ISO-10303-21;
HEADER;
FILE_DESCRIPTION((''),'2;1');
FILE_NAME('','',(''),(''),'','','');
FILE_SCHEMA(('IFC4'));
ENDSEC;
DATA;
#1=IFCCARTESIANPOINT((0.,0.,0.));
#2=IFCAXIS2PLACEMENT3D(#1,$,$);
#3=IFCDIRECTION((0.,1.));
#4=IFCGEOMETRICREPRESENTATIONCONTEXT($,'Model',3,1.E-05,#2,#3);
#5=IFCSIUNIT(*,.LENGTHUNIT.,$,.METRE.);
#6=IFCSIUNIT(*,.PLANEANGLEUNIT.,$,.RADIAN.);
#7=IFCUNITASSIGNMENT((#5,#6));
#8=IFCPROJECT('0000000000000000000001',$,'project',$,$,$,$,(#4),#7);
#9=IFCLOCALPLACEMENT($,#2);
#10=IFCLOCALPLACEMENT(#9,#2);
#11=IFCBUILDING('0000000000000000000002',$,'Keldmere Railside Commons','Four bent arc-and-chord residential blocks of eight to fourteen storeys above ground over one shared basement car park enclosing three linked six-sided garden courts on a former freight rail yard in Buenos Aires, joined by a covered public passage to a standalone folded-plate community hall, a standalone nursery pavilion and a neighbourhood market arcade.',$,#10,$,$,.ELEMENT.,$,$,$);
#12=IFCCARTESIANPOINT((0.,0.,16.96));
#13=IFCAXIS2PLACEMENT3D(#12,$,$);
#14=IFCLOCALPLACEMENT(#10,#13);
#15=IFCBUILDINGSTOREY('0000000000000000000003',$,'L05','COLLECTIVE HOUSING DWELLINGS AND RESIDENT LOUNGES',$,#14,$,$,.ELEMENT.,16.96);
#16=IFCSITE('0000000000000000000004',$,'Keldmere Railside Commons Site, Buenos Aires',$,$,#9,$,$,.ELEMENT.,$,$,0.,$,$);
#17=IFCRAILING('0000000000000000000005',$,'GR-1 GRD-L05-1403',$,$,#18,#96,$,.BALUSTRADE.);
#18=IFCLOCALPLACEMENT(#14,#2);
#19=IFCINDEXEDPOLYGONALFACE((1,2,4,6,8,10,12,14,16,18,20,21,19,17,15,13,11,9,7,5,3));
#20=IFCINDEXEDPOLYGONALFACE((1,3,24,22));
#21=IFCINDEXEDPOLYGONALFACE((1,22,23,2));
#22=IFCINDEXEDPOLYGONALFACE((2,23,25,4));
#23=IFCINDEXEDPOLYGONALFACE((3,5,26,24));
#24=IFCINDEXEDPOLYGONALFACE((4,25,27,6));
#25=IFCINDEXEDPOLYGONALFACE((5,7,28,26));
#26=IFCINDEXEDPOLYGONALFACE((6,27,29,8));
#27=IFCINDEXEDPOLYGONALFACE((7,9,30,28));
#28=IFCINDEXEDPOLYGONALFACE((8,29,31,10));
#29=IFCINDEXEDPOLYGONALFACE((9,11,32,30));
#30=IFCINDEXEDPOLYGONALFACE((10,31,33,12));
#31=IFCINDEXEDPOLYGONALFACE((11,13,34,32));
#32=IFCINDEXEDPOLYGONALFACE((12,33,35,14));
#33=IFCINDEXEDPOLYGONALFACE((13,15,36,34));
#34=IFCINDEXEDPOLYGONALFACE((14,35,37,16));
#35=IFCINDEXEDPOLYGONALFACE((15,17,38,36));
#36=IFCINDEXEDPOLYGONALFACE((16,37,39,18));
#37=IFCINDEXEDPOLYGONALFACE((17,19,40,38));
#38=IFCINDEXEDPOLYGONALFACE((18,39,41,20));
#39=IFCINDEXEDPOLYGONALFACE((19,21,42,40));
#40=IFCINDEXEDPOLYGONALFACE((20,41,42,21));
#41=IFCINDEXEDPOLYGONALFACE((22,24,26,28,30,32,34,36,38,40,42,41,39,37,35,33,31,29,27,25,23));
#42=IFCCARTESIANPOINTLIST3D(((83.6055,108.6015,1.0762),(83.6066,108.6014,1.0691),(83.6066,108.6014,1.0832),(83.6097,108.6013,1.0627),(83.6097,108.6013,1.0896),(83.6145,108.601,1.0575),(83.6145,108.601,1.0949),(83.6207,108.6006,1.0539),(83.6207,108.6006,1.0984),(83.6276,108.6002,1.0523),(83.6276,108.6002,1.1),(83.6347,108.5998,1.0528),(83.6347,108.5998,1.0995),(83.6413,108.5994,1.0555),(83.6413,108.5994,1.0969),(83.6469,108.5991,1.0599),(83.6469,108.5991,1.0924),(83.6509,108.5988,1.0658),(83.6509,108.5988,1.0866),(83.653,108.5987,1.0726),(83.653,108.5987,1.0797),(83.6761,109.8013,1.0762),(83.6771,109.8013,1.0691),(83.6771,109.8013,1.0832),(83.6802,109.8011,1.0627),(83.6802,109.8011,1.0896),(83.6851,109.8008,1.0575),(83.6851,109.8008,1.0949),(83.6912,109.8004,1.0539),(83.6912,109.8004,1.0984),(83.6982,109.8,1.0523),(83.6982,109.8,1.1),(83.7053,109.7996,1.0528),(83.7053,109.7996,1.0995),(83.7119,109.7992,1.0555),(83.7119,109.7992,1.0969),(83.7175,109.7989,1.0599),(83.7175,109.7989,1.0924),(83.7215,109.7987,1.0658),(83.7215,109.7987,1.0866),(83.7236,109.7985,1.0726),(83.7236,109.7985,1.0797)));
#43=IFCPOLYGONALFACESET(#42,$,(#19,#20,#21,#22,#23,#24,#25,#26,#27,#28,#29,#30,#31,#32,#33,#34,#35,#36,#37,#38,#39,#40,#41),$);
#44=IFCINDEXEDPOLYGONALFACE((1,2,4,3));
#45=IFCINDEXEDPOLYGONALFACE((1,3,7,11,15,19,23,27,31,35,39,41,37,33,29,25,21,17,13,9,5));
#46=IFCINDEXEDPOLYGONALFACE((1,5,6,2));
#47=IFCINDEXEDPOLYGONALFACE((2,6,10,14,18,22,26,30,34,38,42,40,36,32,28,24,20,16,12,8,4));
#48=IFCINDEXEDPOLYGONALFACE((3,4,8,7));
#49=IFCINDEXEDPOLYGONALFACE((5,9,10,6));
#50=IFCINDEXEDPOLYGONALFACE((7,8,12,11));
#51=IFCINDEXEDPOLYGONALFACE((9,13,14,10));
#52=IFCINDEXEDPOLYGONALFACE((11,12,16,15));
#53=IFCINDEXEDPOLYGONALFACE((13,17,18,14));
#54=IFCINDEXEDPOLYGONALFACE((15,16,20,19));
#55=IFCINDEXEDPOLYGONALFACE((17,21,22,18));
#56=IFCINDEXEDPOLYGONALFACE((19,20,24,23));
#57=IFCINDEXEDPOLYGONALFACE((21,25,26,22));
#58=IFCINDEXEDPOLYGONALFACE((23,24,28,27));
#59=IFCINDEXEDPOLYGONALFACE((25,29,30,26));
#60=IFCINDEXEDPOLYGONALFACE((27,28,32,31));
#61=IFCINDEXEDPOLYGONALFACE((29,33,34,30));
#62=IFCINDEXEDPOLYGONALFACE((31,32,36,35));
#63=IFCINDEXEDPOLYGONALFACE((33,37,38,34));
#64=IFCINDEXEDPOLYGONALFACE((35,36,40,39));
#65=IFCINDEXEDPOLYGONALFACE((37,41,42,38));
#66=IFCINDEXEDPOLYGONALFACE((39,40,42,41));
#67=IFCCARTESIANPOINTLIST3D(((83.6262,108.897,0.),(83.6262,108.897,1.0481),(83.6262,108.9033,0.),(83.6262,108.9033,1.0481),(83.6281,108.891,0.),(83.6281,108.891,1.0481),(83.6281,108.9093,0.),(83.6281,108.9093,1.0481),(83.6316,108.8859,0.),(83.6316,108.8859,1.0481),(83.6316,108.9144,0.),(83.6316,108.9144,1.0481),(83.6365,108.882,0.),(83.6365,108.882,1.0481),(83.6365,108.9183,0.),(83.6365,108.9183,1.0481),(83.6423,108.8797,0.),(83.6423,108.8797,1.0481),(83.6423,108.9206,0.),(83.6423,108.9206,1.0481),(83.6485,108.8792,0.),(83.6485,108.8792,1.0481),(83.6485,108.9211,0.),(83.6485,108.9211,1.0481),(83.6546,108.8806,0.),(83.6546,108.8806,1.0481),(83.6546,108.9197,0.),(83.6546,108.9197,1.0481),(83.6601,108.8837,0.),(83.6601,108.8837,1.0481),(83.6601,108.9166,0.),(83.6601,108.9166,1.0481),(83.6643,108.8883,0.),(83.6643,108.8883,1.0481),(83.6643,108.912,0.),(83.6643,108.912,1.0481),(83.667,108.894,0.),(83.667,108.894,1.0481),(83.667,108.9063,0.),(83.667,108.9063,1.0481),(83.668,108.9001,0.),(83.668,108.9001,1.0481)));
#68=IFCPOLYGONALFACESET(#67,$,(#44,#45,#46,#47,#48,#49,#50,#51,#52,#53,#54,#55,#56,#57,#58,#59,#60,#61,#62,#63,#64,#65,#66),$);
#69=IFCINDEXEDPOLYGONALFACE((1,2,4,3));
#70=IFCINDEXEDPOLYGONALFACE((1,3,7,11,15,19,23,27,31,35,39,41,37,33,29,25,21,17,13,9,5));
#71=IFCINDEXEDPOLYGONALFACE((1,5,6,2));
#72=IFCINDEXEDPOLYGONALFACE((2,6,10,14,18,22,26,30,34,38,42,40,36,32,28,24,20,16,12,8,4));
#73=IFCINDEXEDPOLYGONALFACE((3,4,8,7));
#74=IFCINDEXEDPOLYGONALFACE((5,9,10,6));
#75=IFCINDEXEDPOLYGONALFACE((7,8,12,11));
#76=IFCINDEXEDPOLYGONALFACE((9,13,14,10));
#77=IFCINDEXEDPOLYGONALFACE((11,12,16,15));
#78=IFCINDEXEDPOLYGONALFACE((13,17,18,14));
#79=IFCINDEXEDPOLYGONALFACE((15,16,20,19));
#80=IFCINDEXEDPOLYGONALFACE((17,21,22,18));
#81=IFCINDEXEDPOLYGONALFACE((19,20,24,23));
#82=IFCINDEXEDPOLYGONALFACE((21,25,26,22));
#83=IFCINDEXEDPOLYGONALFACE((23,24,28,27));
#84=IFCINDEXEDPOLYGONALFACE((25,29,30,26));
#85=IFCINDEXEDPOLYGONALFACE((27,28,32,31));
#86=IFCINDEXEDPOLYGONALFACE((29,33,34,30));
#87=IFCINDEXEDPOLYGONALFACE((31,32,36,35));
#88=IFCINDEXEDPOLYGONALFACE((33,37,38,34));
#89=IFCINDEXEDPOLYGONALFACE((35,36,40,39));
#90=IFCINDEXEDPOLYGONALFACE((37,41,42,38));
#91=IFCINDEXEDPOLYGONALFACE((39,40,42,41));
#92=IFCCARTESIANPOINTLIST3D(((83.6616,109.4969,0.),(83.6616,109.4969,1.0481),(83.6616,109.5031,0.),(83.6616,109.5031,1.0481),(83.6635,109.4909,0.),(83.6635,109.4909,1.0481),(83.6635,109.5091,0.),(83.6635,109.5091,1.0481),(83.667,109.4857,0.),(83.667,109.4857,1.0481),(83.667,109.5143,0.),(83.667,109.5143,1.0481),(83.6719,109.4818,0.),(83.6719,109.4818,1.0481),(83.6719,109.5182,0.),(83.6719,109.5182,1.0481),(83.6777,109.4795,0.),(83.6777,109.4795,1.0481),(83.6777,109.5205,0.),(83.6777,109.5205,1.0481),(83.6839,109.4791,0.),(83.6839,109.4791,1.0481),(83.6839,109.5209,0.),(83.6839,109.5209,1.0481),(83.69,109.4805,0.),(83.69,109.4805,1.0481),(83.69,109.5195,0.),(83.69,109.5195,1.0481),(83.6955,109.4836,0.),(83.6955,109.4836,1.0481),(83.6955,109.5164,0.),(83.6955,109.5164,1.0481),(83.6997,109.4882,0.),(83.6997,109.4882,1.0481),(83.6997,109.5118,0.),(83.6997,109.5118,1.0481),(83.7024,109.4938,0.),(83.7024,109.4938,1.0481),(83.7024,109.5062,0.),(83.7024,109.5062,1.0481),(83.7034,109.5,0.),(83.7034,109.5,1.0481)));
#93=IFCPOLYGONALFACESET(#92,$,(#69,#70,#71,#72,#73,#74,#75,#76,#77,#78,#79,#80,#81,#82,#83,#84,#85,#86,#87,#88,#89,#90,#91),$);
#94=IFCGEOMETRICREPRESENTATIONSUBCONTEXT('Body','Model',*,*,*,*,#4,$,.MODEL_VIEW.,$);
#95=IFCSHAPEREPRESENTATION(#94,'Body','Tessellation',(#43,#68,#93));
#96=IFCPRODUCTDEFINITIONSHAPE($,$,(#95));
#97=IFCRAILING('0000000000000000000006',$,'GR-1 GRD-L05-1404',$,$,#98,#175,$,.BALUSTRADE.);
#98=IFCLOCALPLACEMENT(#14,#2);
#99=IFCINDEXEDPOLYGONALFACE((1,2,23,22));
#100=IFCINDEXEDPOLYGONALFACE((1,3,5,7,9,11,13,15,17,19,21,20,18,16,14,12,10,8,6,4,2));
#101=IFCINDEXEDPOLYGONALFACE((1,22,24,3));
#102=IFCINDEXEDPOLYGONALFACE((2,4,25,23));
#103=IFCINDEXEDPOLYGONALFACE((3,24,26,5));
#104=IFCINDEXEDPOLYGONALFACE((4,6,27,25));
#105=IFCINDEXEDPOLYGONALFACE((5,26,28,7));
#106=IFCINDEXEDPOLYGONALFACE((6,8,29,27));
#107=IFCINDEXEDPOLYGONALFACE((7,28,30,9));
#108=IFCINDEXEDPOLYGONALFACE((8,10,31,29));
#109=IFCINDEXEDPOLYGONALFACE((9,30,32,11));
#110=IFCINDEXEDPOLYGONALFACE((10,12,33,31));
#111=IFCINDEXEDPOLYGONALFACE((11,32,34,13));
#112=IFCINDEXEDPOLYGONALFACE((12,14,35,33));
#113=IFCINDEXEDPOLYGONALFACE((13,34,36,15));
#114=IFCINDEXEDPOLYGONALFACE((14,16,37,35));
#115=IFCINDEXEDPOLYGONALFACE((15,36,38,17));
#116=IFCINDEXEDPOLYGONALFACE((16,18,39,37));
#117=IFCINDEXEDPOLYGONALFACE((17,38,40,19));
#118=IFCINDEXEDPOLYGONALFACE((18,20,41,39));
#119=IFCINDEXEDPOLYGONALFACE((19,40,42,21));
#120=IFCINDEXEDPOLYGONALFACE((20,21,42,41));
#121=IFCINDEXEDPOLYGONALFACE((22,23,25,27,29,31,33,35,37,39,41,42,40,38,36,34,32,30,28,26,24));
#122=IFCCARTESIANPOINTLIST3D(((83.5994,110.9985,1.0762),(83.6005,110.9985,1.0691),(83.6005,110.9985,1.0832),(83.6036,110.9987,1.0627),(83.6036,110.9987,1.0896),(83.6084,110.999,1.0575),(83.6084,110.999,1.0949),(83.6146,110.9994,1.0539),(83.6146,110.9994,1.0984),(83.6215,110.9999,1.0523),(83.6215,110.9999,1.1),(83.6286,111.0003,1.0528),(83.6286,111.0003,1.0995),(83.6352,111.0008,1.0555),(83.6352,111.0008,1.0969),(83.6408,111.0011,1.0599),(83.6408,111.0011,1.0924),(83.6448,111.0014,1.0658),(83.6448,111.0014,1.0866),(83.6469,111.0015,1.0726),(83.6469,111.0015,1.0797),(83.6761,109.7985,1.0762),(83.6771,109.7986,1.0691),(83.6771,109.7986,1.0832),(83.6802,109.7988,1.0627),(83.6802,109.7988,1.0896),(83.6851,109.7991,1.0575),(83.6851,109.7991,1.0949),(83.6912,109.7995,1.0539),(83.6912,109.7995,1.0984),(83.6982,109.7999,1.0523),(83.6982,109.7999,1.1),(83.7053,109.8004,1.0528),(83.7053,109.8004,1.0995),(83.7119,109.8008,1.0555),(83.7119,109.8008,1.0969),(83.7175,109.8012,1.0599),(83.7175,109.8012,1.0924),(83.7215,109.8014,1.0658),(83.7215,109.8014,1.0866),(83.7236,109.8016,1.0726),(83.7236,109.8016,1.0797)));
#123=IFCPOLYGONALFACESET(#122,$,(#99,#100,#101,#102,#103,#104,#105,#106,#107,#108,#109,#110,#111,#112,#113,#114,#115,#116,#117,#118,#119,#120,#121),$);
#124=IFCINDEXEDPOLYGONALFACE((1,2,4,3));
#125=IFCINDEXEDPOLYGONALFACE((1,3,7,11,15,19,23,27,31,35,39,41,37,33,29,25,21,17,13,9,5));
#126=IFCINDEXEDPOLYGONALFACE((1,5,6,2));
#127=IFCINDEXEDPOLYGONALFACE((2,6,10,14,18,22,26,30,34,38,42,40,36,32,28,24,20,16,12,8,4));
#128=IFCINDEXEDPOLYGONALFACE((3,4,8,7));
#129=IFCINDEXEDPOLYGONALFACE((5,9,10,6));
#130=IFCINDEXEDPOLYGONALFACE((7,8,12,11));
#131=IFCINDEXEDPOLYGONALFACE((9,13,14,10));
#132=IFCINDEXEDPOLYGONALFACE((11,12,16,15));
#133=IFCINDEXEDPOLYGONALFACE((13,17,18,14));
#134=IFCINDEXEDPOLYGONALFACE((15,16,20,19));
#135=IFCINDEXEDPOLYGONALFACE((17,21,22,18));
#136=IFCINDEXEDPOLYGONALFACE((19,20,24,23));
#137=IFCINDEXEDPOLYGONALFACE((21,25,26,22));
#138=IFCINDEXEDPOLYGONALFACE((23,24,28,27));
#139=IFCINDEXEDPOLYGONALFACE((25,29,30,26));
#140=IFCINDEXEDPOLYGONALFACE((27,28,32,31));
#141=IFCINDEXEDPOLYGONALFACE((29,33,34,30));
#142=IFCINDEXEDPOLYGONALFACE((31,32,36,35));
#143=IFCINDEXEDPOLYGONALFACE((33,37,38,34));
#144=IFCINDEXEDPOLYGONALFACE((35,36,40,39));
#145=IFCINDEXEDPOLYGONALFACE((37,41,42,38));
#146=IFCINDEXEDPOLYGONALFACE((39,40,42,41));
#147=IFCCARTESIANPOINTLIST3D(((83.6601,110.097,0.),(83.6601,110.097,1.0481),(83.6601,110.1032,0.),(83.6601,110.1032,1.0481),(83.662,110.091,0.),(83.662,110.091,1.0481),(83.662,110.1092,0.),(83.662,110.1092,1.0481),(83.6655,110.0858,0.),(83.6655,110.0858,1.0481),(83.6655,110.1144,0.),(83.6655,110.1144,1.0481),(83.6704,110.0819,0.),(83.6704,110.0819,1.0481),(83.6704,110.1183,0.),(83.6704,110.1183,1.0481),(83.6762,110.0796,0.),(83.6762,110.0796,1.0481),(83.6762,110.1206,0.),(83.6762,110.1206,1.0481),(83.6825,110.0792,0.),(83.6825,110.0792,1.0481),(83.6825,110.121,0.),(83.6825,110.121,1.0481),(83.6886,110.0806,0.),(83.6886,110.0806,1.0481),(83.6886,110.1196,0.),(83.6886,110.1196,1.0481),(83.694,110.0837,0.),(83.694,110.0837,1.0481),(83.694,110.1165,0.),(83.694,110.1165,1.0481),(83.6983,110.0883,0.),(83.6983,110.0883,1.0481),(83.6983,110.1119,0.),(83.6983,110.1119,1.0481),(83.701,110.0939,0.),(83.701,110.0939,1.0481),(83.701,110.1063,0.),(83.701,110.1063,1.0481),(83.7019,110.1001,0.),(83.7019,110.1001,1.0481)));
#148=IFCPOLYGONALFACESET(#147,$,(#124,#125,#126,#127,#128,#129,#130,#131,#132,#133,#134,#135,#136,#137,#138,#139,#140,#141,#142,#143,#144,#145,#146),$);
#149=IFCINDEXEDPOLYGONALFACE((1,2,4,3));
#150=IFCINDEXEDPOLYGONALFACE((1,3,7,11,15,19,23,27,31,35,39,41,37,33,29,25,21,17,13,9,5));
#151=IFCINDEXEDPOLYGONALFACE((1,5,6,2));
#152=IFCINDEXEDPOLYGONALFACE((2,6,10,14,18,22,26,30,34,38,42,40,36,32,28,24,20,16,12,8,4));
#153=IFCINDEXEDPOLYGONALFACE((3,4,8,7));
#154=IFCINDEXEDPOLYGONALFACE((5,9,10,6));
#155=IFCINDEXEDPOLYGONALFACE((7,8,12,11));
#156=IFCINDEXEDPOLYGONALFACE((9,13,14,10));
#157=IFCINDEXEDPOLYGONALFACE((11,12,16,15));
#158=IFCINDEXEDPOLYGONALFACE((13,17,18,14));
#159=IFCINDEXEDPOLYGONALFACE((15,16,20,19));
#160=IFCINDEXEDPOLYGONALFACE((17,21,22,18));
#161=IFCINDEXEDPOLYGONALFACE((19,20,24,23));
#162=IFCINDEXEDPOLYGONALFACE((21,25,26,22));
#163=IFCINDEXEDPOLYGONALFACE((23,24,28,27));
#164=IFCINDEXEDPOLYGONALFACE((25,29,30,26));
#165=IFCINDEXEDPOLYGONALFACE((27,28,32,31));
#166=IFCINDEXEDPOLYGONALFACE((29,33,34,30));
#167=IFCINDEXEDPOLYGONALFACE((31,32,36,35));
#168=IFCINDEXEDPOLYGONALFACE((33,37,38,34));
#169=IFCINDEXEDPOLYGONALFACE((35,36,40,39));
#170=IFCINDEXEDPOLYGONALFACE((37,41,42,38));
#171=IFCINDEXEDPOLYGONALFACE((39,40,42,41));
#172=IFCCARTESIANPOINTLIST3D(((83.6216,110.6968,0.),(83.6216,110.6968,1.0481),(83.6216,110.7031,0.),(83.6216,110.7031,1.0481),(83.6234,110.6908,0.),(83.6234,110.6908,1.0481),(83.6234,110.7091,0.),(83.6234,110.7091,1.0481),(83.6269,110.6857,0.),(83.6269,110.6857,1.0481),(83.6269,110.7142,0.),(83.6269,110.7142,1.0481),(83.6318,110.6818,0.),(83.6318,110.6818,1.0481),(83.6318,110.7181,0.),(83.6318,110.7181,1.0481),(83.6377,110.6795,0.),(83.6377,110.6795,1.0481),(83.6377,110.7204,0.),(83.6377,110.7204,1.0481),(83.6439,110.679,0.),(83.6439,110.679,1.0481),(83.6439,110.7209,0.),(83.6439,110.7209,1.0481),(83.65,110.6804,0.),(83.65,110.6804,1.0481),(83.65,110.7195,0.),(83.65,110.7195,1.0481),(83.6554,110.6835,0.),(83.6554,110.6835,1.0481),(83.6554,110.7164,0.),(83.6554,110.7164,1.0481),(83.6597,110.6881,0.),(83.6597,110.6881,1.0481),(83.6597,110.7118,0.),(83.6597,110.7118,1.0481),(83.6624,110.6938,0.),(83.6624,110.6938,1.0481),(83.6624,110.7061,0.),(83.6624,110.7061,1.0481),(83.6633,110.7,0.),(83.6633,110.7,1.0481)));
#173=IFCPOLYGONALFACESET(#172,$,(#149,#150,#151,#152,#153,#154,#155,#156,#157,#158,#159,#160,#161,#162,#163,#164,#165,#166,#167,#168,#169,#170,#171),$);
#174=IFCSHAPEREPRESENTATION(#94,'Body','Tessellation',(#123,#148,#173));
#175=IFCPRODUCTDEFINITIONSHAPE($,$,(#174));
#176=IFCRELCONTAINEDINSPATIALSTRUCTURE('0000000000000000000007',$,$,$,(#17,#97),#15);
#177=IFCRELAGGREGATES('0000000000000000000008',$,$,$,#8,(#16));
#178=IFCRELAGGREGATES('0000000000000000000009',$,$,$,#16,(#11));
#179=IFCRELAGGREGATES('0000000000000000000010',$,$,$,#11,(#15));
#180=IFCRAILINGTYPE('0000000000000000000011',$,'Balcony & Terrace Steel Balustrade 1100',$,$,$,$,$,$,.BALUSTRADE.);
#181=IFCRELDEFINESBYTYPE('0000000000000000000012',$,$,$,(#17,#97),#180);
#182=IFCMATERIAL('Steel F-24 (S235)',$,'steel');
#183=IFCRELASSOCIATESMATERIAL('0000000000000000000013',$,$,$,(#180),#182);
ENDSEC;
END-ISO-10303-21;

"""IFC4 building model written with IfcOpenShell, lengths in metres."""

from ifc_helpers import new_model, si_unit, direction, frame, origin, origin_2d, place, context, subcontext, project, spatial, circle, extrude, material, type_object, element, save


model = new_model("IFC4")

# Units and contexts
model_context = context("Model", 3, precision=1e-05, world=origin(), true_north=direction((0.0, 1.0)))
body_context = subcontext(model_context, "Body", "Model", "MODEL_VIEW")
ifc_project = project(units=[si_unit("LENGTHUNIT", "METRE"), si_unit("PLANEANGLEUNIT", "RADIAN")], contexts=[model_context])

# Site, building, storey
site_placement = place(None, origin())
site = spatial("IfcSite", under=ifc_project, at=site_placement, Name="Keldmere Railside Commons Site, Buenos Aires", CompositionType="ELEMENT", RefElevation=0.0)
building_placement = place(site_placement, origin())
building = spatial("IfcBuilding", under=site, at=building_placement, Name="Keldmere Railside Commons", Description="Four bent arc-and-chord residential blocks of eight to fourteen storeys above ground over one shared basement car park enclosing three linked six-sided garden courts on a former freight rail yard in Buenos Aires, joined by a covered public passage to a standalone folded-plate community hall, a standalone nursery pavilion and a neighbourhood market arcade.", CompositionType="ELEMENT")
storey_placement = place(building_placement, frame((0.0, 0.0, 16.96)))
storey = spatial("IfcBuildingStorey", under=building, at=storey_placement, Name="L05", Description="COLLECTIVE HOUSING DWELLINGS AND RESIDENT LOUNGES", CompositionType="ELEMENT", Elevation=16.96)

# Shared definitions
ifc_material_1 = material(Name="Steel F-24 (S235)", Category="steel")

# Railings
railing_type_1 = type_object("IfcRailingType", Name="Balcony & Terrace Steel Balustrade 1100", PredefinedType="BALUSTRADE", material=ifc_material_1)
railing_1_placement = place(storey_placement, frame((83.6294, 108.6001, 0.0)))
element("IfcRailing", 1, at=railing_1_placement, inside=storey, type_object=railing_type_1, Name="GR-1 GRD-L05-1403", PredefinedType="BALUSTRADE", context=body_context, shape_type="SweptSolid", body=[
    extrude(circle(Radius=0.0239, at=origin_2d()), frame((0.0, 0.0, 1.0762), z_axis=(0.058698, 0.998276, 0.0), x_axis=(-0.998276, 0.058698, 0.0)), (0.0, 0.0, 1.0), 1.2019),
    extrude(circle(Radius=0.021, at=origin_2d()), frame((0.0176, 0.3, 0.0)), (0.0, 0.0, 1.0), 1.0481),
    extrude(circle(Radius=0.021, at=origin_2d()), frame((0.053, 0.8999, 0.0)), (0.0, 0.0, 1.0), 1.0481),
])
railing_2_placement = place(storey_placement, frame((83.7, 109.8, 0.0)))
element("IfcRailing", 2, at=railing_2_placement, inside=storey, type_object=railing_type_1, Name="GR-1 GRD-L05-1404", PredefinedType="BALUSTRADE", context=body_context, shape_type="SweptSolid", body=[
    extrude(circle(Radius=0.0239, at=origin_2d()), frame((0.0, 0.0, 1.0762), z_axis=(-0.063756, 0.997966, 0.0), x_axis=(-0.997966, -0.063756, 0.0)), (0.0, 0.0, 1.0), 1.2024),
    extrude(circle(Radius=0.021, at=origin_2d()), frame((-0.019, 0.3, 0.0)), (0.0, 0.0, 1.0), 1.0481),
    extrude(circle(Radius=0.021, at=origin_2d()), frame((-0.0576, 0.8999, 0.0)), (0.0, 0.0, 1.0), 1.0481),
])

save(model, "model.ifc")
